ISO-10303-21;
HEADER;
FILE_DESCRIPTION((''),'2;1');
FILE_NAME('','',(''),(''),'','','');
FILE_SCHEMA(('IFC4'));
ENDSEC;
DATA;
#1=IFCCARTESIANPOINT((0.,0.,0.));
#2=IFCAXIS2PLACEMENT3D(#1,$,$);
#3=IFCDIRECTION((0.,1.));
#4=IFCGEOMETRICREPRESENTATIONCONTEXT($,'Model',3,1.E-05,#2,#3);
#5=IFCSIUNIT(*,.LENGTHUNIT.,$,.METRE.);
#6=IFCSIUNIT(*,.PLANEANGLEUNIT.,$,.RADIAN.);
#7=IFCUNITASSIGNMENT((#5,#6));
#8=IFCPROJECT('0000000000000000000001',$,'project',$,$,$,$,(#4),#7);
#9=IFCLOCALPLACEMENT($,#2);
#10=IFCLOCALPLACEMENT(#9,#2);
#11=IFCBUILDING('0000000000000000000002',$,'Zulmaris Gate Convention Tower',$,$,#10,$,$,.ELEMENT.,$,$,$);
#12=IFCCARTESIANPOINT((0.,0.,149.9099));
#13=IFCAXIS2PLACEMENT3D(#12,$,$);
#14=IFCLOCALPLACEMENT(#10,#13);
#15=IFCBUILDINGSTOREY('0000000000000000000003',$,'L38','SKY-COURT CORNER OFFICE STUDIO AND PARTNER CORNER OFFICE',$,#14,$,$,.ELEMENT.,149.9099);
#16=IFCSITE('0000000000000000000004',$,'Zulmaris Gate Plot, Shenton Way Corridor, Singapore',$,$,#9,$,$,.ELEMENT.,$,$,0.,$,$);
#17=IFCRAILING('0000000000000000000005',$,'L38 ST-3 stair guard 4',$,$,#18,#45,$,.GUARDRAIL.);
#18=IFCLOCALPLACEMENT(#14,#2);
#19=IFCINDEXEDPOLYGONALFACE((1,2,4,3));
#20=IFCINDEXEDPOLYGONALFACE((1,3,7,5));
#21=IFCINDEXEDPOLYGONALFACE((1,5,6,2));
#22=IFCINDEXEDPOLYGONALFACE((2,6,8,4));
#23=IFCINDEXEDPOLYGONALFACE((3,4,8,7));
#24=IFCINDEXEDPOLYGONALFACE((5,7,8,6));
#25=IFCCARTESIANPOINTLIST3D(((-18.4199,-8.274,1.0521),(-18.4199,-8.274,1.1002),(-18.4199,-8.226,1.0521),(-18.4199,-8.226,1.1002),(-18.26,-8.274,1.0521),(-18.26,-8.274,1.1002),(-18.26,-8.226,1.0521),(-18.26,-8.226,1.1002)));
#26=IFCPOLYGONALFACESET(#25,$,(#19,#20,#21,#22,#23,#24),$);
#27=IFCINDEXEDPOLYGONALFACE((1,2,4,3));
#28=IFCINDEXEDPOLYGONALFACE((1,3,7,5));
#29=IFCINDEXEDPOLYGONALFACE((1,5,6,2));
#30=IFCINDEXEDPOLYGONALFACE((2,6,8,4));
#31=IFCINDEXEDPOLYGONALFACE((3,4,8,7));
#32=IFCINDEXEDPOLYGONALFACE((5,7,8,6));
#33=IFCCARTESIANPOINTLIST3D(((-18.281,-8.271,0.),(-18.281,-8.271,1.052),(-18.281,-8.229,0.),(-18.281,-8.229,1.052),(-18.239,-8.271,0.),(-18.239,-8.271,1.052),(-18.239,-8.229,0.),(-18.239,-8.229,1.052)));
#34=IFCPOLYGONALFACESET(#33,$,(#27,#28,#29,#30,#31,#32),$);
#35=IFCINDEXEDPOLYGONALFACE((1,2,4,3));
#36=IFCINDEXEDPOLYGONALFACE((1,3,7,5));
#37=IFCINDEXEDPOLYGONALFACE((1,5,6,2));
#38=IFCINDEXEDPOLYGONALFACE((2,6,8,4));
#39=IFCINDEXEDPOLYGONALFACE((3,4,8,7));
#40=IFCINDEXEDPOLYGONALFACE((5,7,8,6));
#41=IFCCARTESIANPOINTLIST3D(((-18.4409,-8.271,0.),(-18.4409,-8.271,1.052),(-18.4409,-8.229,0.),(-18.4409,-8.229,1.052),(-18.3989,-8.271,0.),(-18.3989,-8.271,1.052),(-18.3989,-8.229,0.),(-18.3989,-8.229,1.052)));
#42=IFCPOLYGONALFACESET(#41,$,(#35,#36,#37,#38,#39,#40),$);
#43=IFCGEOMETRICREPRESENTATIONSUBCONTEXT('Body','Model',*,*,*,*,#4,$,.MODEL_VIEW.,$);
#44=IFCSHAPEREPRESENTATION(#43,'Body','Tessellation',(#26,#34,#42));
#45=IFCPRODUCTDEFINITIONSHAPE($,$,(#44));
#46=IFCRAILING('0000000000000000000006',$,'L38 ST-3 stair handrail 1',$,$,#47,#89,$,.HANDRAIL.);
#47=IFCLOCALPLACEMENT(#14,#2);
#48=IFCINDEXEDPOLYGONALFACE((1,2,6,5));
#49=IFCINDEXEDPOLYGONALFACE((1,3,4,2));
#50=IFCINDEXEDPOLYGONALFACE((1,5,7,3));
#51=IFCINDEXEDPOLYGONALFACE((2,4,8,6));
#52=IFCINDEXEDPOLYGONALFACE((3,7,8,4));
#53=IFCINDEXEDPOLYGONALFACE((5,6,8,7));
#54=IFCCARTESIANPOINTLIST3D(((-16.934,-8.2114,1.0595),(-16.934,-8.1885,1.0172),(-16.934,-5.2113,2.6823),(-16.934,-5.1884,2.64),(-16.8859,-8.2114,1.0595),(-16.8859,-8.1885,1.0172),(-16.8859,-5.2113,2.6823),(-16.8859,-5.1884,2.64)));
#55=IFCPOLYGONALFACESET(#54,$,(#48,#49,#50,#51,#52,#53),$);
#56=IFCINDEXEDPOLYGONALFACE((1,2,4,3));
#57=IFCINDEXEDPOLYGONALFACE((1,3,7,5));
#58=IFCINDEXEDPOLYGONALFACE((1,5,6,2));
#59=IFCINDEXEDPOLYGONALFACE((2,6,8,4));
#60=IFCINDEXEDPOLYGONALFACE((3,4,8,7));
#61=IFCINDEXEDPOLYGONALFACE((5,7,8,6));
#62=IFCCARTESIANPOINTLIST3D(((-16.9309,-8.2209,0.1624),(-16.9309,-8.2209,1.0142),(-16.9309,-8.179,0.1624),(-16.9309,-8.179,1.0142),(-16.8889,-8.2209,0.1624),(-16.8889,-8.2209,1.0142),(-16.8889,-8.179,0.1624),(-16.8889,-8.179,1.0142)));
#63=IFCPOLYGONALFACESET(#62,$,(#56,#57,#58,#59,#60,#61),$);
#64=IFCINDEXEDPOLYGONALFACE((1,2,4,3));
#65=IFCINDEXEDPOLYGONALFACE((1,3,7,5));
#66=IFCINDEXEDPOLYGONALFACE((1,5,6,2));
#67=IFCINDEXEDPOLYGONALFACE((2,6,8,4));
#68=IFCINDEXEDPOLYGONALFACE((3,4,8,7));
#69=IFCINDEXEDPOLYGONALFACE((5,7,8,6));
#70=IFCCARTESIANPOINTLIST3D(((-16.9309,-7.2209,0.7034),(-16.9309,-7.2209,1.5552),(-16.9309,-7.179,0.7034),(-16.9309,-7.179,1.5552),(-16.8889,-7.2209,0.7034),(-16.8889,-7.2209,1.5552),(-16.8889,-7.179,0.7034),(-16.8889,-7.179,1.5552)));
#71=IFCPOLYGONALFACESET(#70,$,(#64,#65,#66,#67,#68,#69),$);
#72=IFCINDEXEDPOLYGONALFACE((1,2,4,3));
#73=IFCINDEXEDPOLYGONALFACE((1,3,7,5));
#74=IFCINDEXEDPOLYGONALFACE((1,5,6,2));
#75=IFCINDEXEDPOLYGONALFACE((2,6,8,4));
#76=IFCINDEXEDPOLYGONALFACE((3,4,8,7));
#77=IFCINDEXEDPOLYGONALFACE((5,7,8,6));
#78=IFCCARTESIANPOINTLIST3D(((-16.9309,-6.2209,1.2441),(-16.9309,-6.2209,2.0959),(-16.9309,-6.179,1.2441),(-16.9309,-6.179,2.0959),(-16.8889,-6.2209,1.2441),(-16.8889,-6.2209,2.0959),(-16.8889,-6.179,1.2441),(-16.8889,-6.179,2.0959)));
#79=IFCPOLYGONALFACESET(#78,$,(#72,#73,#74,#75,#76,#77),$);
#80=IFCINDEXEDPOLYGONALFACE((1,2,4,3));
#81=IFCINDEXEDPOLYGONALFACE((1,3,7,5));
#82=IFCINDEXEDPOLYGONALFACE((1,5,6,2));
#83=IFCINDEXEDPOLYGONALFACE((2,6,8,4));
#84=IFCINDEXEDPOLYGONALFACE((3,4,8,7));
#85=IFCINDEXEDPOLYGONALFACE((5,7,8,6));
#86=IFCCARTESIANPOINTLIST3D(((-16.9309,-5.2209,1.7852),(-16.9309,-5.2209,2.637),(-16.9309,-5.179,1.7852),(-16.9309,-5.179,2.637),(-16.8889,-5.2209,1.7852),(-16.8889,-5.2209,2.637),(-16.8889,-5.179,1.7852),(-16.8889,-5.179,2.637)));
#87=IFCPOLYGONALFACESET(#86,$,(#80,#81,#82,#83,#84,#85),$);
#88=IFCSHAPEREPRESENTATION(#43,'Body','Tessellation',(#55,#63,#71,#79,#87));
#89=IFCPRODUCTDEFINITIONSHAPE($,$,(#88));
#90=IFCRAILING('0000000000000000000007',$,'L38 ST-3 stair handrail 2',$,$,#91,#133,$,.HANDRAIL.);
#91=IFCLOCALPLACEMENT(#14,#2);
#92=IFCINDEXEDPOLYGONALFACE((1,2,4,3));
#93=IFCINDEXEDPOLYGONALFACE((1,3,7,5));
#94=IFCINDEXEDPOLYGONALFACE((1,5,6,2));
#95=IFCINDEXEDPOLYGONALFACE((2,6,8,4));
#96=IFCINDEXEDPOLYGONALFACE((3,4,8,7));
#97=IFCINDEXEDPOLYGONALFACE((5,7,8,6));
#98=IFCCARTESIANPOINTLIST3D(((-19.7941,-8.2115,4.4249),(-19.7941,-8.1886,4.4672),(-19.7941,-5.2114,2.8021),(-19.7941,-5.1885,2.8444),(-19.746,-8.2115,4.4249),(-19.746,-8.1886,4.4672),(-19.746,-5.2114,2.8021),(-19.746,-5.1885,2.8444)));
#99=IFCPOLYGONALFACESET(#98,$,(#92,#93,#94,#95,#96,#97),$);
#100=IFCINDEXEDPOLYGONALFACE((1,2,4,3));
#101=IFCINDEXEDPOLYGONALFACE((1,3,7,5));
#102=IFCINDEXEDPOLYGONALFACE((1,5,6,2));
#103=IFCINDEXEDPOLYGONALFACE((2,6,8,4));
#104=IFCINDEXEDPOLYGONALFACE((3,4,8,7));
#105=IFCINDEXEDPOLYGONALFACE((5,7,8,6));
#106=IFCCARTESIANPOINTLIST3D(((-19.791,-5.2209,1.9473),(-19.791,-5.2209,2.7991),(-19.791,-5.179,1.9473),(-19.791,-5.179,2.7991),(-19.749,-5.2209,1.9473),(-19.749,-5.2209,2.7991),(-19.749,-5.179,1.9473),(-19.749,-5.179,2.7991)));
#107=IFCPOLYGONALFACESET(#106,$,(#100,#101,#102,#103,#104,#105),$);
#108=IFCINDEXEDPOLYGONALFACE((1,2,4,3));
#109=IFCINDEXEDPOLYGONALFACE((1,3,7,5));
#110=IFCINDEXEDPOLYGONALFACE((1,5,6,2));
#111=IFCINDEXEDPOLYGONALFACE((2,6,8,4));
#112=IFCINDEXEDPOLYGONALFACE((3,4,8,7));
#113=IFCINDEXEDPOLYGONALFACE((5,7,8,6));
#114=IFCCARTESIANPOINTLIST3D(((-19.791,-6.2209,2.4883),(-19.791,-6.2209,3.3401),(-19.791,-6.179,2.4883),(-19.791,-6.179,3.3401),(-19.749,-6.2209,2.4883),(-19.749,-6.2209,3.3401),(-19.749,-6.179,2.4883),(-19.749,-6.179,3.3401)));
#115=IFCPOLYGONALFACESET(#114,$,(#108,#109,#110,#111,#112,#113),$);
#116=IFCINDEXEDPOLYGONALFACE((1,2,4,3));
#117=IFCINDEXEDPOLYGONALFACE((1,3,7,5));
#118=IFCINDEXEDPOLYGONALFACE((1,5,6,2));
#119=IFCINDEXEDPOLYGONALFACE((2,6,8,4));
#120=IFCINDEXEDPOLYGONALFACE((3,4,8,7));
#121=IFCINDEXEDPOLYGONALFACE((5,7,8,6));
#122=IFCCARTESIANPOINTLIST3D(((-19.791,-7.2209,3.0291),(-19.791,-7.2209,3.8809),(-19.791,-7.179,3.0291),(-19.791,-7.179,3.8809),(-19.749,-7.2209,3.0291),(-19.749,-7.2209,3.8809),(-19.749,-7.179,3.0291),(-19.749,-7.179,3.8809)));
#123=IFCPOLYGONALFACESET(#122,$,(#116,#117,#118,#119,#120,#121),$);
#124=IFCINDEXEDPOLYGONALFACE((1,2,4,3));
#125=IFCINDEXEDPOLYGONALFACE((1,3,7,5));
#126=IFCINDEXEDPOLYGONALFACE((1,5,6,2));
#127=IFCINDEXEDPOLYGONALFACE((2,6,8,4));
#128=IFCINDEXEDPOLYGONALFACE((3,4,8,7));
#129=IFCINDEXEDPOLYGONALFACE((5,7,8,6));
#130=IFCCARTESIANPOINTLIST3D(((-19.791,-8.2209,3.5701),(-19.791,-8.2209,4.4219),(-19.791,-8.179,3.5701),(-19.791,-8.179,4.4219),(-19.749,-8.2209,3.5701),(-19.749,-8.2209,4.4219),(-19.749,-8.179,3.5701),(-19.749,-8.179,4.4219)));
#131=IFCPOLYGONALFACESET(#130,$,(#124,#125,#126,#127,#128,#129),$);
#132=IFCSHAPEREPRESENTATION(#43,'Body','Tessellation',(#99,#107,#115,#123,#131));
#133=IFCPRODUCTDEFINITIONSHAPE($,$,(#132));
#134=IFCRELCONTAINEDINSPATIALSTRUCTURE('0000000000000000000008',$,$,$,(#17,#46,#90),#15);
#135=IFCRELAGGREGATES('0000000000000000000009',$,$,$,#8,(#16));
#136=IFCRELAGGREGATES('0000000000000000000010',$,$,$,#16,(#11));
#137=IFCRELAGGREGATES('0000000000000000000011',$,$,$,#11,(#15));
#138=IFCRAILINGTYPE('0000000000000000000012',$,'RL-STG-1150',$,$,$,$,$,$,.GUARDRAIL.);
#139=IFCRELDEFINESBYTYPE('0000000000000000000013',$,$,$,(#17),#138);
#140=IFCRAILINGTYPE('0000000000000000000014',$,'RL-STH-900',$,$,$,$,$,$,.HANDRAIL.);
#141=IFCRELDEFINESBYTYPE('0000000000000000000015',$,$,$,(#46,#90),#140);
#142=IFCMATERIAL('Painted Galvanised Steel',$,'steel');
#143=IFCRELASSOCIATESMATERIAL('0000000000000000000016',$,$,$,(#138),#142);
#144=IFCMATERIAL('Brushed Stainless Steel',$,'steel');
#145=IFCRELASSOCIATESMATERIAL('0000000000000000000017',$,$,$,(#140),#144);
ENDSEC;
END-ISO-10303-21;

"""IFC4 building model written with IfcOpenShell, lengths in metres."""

from ifc_helpers import new_model, si_unit, direction, frame, origin, origin_2d, place, context, subcontext, project, spatial, rectangle, extrude, material, type_object, element, save


model = new_model("IFC4")

# Units and contexts
model_context = context("Model", 3, precision=1e-05, world=origin(), true_north=direction((0.0, 1.0)))
body_context = subcontext(model_context, "Body", "Model", "MODEL_VIEW")
ifc_project = project(units=[si_unit("LENGTHUNIT", "METRE"), si_unit("PLANEANGLEUNIT", "RADIAN")], contexts=[model_context])

# Site, building, storey
site_placement = place(None, origin())
site = spatial("IfcSite", under=ifc_project, at=site_placement, Name="Zulmaris Gate Plot, Shenton Way Corridor, Singapore", CompositionType="ELEMENT", RefElevation=0.0)
building_placement = place(site_placement, origin())
building = spatial("IfcBuilding", under=site, at=building_placement, Name="Zulmaris Gate Convention Tower", CompositionType="ELEMENT")
storey_placement = place(building_placement, frame((0.0, 0.0, 149.9099)))
storey = spatial("IfcBuildingStorey", under=building, at=storey_placement, Name="L38", Description="SKY-COURT CORNER OFFICE STUDIO AND PARTNER CORNER OFFICE", CompositionType="ELEMENT", Elevation=149.9099)

# Railings
ifc_material_1 = material(Name="Painted Galvanised Steel", Category="steel")
railing_type_1 = type_object("IfcRailingType", Name="RL-STG-1150", PredefinedType="GUARDRAIL", material=ifc_material_1)
railing_1_placement = place(storey_placement, frame((-18.26, -8.25, 0.0)))
element("IfcRailing", 1, at=railing_1_placement, inside=storey, type_object=railing_type_1, Name="L38 ST-3 stair guard 4", PredefinedType="GUARDRAIL", context=body_context, shape_type="SweptSolid", body=[
    extrude(rectangle(XDim=0.0481, YDim=0.0481, at=origin_2d()), frame((0.0, 0.0, 1.0762), z_axis=(-1.0, 0.0, 0.0), x_axis=(0.0, -1.0, 0.0)), (0.0, 0.0, 1.0), 0.1599),
    extrude(rectangle(XDim=0.042, YDim=0.042, at=origin_2d()), origin(), (0.0, 0.0, 1.0), 1.052),
    extrude(rectangle(XDim=0.042, YDim=0.042, at=origin_2d()), frame((-0.1599, 0.0, 0.0)), (0.0, 0.0, 1.0), 1.052),
])
ifc_material_2 = material(Name="Brushed Stainless Steel", Category="steel")
railing_type_2 = type_object("IfcRailingType", Name="RL-STH-900", PredefinedType="HANDRAIL", material=ifc_material_2)
railing_2_placement = place(storey_placement, frame((-16.9099, -8.2, 0.1624)))
element("IfcRailing", 2, at=railing_2_placement, inside=storey, type_object=railing_type_2, Name="L38 ST-3 stair handrail 1", PredefinedType="HANDRAIL", context=body_context, shape_type="SweptSolid", body=[
    extrude(rectangle(XDim=0.0481, YDim=0.0481, at=origin_2d()), frame((0.0, 0.0, 0.876), z_axis=(0.0, 0.879562, 0.475785), x_axis=(-1.0, 0.0, 0.0)), (0.0, 0.0, 1.0), 3.4109),
    extrude(rectangle(XDim=0.042, YDim=0.042, at=origin_2d()), origin(), (0.0, 0.0, 1.0), 0.8518),
    extrude(rectangle(XDim=0.042, YDim=0.042, at=origin_2d()), frame((0.0, 1.0, 0.541)), (0.0, 0.0, 1.0), 0.8518),
    extrude(rectangle(XDim=0.042, YDim=0.042, at=origin_2d()), frame((0.0, 2.0, 1.0818)), (0.0, 0.0, 1.0), 0.8518),
    extrude(rectangle(XDim=0.042, YDim=0.042, at=origin_2d()), frame((0.0, 3.0, 1.6228)), (0.0, 0.0, 1.0), 0.8518),
])
railing_3_placement = place(storey_placement, frame((-19.77, -5.2, 1.9473)))
element("IfcRailing", 3, at=railing_3_placement, inside=storey, type_object=railing_type_2, Name="L38 ST-3 stair handrail 2", PredefinedType="HANDRAIL", context=body_context, shape_type="SweptSolid", body=[
    extrude(rectangle(XDim=0.0481, YDim=0.0481, at=origin_2d()), frame((0.0, 0.0, 0.876), z_axis=(0.0, -0.879562, 0.475785), x_axis=(1.0, 0.0, 0.0)), (0.0, 0.0, 1.0), 3.4109),
    extrude(rectangle(XDim=0.042, YDim=0.042, at=origin_2d()), origin(), (0.0, 0.0, 1.0), 0.8518),
    extrude(rectangle(XDim=0.042, YDim=0.042, at=origin_2d()), frame((0.0, -1.0, 0.541)), (0.0, 0.0, 1.0), 0.8518),
    extrude(rectangle(XDim=0.042, YDim=0.042, at=origin_2d()), frame((0.0, -2.0, 1.0818)), (0.0, 0.0, 1.0), 0.8518),
    extrude(rectangle(XDim=0.042, YDim=0.042, at=origin_2d()), frame((0.0, -3.0, 1.6228)), (0.0, 0.0, 1.0), 0.8518),
])

save(model, "model.ifc")
